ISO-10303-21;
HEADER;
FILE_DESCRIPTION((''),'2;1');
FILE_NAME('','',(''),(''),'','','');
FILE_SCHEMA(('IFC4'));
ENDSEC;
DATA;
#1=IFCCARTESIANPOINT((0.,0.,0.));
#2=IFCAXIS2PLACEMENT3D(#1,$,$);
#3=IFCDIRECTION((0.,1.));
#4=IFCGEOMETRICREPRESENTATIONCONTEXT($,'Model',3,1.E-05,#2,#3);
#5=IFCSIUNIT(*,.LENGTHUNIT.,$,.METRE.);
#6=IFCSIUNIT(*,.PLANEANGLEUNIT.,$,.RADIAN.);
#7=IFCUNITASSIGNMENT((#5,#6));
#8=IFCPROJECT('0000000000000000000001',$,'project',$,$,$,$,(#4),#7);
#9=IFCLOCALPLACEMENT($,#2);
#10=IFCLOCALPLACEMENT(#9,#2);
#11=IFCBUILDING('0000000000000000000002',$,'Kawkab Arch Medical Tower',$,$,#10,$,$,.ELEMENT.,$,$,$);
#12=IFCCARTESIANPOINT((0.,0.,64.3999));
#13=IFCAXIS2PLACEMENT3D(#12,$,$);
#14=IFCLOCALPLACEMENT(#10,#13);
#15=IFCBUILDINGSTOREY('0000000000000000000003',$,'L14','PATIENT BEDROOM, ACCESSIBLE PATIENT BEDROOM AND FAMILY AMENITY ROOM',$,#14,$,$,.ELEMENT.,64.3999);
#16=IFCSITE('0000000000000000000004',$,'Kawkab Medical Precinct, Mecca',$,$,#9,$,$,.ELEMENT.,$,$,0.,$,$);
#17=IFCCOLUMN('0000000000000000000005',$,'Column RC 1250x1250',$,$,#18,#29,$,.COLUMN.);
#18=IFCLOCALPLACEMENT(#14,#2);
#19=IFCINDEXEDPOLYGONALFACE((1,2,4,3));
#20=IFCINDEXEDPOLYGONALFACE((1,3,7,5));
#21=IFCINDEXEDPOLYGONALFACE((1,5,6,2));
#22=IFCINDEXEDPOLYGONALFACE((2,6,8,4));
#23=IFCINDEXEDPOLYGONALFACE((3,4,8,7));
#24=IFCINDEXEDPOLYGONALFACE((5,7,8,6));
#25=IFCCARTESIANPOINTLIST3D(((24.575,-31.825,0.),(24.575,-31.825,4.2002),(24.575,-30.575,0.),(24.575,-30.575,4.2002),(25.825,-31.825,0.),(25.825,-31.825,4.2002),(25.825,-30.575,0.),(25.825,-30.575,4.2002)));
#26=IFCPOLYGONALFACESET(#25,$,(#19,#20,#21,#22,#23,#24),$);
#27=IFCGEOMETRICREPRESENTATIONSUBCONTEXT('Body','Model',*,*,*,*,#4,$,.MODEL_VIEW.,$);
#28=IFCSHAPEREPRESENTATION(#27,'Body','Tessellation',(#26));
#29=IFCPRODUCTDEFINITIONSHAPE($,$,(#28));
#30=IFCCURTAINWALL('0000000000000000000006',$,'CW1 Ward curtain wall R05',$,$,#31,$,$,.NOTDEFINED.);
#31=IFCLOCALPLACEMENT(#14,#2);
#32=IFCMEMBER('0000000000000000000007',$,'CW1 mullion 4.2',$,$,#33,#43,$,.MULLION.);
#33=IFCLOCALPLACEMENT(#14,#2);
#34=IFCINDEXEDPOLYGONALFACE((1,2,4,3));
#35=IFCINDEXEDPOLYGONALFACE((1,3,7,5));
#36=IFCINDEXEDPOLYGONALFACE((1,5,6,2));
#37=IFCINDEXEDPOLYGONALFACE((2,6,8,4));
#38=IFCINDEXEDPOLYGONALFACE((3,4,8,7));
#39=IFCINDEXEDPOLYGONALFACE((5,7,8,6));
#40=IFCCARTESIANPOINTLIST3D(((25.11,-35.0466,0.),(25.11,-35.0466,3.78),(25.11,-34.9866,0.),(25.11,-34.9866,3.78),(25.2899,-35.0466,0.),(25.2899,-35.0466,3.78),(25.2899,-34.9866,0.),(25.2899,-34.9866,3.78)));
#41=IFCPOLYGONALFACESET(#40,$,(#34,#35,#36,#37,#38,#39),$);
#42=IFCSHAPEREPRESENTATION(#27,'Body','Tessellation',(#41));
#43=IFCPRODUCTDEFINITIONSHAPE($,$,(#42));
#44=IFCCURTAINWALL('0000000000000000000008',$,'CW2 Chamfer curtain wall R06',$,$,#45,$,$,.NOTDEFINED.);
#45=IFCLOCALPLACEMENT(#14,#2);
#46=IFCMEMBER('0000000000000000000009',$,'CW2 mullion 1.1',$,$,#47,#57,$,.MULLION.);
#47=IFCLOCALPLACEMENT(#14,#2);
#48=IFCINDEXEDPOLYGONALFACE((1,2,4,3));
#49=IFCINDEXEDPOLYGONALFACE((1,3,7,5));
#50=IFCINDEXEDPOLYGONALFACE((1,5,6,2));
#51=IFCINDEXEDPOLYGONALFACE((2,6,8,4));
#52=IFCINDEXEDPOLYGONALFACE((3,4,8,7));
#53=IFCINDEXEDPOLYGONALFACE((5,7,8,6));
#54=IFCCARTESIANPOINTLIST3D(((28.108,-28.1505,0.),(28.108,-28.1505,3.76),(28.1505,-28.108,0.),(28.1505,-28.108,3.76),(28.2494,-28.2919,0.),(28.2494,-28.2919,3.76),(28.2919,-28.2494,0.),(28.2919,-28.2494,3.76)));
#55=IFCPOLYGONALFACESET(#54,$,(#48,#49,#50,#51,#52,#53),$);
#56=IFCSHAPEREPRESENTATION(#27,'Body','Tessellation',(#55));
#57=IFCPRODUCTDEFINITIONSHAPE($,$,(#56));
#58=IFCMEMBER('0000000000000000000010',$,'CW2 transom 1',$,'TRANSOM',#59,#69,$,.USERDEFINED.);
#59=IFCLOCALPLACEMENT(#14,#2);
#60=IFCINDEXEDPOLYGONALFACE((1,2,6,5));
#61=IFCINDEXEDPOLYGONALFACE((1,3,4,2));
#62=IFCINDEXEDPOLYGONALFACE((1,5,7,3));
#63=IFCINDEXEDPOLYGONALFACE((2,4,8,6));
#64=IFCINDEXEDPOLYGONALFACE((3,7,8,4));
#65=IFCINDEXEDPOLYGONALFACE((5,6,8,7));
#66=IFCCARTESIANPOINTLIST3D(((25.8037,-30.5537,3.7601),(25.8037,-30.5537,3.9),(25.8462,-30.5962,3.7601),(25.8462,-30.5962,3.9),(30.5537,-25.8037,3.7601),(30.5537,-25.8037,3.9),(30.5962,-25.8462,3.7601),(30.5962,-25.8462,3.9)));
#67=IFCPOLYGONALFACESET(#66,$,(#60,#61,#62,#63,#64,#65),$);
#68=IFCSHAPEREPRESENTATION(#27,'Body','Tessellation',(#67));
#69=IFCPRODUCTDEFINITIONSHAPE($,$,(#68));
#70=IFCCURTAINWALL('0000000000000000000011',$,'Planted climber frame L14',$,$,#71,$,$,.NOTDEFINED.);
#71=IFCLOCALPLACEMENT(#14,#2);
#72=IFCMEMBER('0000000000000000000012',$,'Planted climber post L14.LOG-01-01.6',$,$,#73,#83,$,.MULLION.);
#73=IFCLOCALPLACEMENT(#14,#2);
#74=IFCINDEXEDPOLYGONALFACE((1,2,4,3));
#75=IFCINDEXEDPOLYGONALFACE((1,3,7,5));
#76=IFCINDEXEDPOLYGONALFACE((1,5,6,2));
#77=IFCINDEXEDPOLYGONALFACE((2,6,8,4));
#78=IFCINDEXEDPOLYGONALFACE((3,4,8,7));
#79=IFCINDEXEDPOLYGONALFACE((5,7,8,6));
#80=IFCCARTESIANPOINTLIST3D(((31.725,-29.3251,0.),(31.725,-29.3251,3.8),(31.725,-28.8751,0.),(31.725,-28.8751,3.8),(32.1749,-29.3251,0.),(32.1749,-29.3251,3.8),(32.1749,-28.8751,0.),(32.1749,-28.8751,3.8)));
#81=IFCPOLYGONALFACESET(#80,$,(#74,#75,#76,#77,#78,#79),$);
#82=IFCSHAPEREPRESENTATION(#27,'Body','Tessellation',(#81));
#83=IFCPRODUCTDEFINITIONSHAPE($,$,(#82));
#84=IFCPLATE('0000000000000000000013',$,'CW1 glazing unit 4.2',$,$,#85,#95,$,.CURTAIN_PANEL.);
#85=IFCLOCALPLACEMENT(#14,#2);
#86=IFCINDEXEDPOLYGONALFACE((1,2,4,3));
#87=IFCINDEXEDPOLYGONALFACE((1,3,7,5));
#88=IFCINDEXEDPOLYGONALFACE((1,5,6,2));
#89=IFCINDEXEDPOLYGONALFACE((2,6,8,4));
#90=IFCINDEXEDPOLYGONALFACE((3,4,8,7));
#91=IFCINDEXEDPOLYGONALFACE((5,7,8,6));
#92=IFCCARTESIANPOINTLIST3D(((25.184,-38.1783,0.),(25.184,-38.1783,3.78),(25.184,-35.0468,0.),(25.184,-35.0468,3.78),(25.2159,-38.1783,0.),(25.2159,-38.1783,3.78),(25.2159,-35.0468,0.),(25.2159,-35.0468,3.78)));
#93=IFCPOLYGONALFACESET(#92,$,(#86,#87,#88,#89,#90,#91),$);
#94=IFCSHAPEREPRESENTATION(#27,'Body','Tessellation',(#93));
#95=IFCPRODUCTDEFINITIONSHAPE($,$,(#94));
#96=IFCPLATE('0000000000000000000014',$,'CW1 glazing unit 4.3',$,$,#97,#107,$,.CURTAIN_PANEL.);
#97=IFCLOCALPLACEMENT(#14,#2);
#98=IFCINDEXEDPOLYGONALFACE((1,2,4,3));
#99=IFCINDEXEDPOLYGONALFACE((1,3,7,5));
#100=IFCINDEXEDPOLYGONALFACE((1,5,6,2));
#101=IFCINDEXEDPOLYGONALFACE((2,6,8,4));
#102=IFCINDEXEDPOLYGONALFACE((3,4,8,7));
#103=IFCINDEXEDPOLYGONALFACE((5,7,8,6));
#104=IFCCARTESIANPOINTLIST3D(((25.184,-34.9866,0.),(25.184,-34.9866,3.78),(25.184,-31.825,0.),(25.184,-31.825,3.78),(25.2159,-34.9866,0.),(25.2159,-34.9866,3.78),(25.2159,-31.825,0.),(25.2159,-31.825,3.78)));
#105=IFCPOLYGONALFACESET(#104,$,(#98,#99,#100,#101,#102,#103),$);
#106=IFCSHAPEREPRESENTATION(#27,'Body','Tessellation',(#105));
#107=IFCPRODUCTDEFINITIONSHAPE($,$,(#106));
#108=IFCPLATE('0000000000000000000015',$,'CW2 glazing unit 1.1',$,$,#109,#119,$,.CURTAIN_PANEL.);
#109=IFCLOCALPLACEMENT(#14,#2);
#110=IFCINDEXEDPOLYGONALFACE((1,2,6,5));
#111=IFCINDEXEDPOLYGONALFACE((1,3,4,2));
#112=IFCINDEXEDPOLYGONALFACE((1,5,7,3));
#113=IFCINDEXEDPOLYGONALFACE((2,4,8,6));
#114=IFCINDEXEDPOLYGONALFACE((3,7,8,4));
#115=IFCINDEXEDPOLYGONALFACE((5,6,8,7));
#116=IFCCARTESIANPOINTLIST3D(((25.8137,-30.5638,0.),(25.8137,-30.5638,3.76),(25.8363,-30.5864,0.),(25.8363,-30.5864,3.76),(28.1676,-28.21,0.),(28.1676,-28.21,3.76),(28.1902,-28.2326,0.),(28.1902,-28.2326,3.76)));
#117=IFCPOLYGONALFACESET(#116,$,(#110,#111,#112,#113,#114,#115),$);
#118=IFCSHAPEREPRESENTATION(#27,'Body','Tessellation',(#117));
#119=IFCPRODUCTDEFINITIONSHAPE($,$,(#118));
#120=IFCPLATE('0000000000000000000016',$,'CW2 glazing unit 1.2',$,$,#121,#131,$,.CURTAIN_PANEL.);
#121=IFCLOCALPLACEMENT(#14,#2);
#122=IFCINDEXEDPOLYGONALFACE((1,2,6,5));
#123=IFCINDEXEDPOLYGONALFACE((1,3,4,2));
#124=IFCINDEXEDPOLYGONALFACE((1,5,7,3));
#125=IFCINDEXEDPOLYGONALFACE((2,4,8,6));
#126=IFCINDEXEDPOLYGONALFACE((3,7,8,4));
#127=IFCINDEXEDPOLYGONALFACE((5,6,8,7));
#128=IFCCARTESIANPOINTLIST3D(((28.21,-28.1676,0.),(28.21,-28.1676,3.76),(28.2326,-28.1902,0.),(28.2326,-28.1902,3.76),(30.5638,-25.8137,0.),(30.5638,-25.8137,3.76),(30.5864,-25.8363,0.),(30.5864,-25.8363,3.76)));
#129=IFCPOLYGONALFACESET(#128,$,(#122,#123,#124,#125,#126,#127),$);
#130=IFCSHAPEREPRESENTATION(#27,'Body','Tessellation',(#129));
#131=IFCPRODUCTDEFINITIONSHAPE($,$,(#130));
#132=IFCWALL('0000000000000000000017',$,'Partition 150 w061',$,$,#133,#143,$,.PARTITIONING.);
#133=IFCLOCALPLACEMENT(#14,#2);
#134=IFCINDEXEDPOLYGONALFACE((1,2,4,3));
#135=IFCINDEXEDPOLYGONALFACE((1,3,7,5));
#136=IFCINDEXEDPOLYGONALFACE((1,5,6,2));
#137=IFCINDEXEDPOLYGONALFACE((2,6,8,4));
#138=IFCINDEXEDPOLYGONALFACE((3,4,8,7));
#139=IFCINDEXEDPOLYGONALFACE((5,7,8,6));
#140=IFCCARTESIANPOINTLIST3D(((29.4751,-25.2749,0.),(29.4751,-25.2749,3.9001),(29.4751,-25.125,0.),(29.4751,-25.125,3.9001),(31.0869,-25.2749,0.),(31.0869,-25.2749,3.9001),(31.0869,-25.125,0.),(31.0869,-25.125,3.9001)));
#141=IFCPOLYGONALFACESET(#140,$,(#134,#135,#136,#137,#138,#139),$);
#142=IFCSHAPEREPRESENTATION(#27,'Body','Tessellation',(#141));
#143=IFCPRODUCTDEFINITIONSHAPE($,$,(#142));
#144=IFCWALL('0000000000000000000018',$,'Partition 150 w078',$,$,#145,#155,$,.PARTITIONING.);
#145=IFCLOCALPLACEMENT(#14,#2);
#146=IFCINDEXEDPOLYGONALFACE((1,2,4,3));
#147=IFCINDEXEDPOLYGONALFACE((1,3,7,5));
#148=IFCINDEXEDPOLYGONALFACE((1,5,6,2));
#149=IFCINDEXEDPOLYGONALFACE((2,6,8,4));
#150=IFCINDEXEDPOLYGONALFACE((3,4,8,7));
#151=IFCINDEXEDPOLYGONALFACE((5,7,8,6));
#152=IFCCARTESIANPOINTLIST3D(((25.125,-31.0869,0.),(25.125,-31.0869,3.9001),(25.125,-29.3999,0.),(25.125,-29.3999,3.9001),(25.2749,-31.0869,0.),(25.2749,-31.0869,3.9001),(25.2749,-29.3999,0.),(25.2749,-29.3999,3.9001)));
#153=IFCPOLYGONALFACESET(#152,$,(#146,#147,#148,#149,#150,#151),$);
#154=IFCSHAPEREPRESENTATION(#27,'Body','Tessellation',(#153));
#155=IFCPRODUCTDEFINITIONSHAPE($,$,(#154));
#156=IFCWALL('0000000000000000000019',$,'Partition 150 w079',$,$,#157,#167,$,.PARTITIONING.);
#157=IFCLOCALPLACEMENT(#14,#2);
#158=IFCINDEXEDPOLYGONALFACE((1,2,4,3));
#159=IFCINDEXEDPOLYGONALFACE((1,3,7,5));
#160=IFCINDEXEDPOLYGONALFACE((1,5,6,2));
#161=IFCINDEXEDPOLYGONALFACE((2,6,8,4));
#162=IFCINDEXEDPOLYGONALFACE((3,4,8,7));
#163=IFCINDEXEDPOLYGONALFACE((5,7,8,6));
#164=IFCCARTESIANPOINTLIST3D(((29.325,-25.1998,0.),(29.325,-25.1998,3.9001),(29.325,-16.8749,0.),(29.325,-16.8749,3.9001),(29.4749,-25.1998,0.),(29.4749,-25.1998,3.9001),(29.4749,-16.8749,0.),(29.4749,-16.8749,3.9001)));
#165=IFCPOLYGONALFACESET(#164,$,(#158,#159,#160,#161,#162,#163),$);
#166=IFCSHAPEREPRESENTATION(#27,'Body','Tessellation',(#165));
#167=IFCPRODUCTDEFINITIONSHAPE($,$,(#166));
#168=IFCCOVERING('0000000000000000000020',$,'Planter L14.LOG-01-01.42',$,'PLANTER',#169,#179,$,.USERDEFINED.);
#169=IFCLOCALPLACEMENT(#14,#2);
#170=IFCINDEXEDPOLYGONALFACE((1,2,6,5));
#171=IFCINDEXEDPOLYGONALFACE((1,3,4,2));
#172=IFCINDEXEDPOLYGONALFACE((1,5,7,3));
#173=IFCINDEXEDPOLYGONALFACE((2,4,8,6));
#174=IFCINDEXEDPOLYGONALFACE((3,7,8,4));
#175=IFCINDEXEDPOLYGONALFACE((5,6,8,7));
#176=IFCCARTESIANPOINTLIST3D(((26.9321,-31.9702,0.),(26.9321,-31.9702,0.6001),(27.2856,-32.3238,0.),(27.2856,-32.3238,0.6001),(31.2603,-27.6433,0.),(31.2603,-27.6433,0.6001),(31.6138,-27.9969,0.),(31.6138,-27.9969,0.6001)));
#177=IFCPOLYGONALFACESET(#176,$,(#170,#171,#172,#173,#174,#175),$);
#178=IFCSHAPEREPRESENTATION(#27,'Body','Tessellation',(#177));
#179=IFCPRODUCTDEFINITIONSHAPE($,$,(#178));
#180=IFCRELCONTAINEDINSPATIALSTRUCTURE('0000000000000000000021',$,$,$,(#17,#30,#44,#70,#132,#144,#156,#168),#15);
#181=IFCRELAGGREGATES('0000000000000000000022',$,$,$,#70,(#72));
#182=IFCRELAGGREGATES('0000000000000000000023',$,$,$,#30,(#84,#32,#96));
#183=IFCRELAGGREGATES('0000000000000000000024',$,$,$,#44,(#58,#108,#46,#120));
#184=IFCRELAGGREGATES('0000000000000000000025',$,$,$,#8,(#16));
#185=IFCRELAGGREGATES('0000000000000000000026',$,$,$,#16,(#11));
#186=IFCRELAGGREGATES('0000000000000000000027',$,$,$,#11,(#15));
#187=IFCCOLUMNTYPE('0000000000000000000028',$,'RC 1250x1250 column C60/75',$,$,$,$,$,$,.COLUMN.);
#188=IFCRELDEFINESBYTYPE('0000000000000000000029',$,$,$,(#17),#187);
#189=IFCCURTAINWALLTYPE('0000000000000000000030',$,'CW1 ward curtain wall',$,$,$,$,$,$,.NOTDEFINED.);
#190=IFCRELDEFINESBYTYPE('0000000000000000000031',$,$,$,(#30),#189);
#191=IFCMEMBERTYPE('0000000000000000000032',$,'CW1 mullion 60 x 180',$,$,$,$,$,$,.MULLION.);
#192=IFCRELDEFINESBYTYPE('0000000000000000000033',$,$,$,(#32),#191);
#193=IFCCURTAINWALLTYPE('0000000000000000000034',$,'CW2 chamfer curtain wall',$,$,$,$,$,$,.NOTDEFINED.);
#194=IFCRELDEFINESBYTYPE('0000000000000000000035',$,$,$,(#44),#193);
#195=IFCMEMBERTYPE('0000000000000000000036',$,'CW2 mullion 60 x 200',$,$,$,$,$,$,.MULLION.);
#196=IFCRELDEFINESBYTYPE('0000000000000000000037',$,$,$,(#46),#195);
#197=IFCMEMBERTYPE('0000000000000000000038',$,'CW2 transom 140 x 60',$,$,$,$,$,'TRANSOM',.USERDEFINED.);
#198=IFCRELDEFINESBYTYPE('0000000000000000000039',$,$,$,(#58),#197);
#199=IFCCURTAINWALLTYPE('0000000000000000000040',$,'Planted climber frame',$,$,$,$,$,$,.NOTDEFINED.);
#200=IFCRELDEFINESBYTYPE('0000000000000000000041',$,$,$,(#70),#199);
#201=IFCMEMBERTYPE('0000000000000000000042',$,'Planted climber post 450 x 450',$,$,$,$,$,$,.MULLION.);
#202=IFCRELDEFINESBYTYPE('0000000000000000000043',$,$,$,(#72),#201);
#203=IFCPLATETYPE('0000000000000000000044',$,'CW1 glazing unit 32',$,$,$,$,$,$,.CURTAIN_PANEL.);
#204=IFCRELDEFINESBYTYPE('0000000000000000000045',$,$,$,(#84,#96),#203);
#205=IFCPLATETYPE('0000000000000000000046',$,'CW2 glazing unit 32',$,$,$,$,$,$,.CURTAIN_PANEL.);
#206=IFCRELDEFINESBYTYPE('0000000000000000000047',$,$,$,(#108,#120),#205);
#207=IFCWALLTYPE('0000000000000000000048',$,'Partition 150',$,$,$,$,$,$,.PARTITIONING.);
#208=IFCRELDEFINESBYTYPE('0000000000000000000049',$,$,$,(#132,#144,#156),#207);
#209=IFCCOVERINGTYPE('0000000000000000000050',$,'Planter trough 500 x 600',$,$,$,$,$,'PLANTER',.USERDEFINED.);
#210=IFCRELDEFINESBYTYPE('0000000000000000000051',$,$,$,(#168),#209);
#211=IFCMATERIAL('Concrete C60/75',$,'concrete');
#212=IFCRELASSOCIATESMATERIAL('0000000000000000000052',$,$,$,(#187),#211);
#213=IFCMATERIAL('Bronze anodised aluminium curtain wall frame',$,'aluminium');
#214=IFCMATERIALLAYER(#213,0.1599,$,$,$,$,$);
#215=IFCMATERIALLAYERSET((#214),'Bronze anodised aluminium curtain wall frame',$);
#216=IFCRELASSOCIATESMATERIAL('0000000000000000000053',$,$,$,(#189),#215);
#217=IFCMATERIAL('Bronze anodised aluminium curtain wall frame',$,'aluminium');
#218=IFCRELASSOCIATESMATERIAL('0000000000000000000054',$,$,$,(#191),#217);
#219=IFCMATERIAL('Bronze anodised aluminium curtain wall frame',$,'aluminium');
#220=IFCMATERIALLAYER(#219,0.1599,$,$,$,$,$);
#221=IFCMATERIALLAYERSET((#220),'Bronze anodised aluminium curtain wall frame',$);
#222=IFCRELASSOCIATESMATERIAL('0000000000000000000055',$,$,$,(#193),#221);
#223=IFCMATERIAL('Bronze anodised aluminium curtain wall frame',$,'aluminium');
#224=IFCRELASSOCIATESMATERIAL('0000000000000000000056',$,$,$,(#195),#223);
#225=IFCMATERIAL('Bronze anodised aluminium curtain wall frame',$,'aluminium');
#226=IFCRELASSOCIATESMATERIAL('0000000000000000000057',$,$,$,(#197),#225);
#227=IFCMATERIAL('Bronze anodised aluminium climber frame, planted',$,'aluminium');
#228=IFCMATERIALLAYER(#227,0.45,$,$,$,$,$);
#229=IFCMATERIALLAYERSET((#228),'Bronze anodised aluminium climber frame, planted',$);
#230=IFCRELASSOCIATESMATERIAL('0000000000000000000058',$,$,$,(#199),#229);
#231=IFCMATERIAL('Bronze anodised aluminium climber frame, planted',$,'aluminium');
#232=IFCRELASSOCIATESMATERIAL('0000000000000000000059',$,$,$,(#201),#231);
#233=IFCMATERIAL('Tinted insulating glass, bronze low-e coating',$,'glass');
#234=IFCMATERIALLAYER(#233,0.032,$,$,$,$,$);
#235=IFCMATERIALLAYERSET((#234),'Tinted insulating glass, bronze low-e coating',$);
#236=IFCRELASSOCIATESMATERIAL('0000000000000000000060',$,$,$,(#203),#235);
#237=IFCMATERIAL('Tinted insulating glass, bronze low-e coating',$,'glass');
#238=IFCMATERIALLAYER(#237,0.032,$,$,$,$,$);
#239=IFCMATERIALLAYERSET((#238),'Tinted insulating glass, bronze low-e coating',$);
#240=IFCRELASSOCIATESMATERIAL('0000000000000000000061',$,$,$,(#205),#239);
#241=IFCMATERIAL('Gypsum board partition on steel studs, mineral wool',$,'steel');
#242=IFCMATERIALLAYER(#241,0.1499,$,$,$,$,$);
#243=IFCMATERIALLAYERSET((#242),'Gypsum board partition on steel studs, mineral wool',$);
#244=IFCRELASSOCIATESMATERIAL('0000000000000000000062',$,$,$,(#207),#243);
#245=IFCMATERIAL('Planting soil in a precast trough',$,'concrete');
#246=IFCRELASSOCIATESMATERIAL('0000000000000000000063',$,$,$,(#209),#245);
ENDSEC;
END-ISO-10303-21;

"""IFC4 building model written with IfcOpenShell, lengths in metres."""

from ifc_helpers import new_model, si_unit, direction, frame, frame_2d, origin, origin_2d, place, context, subcontext, project, spatial, rectangle, extrude, material, layer, layer_set, material_profile, profile_set, type_object, element, aggregate, save


model = new_model("IFC4")

# Units and contexts
model_context = context("Model", 3, precision=1e-05, world=origin(), true_north=direction((0.0, 1.0)))
body_context = subcontext(model_context, "Body", "Model", "MODEL_VIEW")
ifc_project = project(units=[si_unit("LENGTHUNIT", "METRE"), si_unit("PLANEANGLEUNIT", "RADIAN")], contexts=[model_context])

# Site, building, storey
site_placement = place(None, origin())
site = spatial("IfcSite", under=ifc_project, at=site_placement, Name="Kawkab Medical Precinct, Mecca", CompositionType="ELEMENT", RefElevation=0.0)
building_placement = place(site_placement, origin())
building = spatial("IfcBuilding", under=site, at=building_placement, Name="Kawkab Arch Medical Tower", CompositionType="ELEMENT")
storey_placement = place(building_placement, frame((0.0, 0.0, 64.3999)))
storey = spatial("IfcBuildingStorey", under=building, at=storey_placement, Name="L14", Description="PATIENT BEDROOM, ACCESSIBLE PATIENT BEDROOM AND FAMILY AMENITY ROOM", CompositionType="ELEMENT", Elevation=64.3999)

# Column
ifc_material_1 = material(Name="Concrete C60/75", Category="concrete")
ifc_material_profile_1 = material_profile(ifc_material_1, rectangle(XDim=1.25, YDim=1.25, at=origin_2d()), Name="RC 1250x1250")
ifc_profile_set_1 = profile_set([ifc_material_profile_1], Name="Concrete C60/75")
column_type = type_object("IfcColumnType", Name="RC 1250x1250 column C60/75", PredefinedType="COLUMN", material=ifc_profile_set_1)
column_placement = place(storey_placement, frame((25.2, -31.2, 0.0), z_axis=(0.0, 0.0, 1.0), x_axis=(1.0, 0.0, 0.0)))
element("IfcColumn", 1, at=column_placement, inside=storey, type_object=column_type, Name="Column RC 1250x1250", PredefinedType="COLUMN", context=body_context, shape_type="SweptSolid", body=[
    extrude(rectangle(XDim=1.25, YDim=1.25, at=origin_2d()), origin(), (0.0, 0.0, 1.0), 4.2002),
])

# Curtain wall, member
ifc_material_2 = material(Name="Bronze anodised aluminium curtain wall frame", Category="aluminium")
ifc_layer_1 = layer(ifc_material_2, 0.1599)
ifc_layer_set_1 = layer_set([ifc_layer_1], Name="Bronze anodised aluminium curtain wall frame")
curtain_wall_type_1 = type_object("IfcCurtainWallType", Name="CW1 ward curtain wall", PredefinedType="NOTDEFINED", material=ifc_layer_set_1)
placement = place(storey_placement, origin())
curtain_wall_1 = element("IfcCurtainWall", 2, at=placement, inside=storey, type_object=curtain_wall_type_1, Name="CW1 Ward curtain wall R05", PredefinedType="NOTDEFINED")
ifc_material_3 = material(Name="Bronze anodised aluminium curtain wall frame", Category="aluminium")
ifc_material_profile_2 = material_profile(ifc_material_3, rectangle(XDim=0.1799, YDim=0.0601, at=origin_2d()), Name="AL 60x180")
ifc_profile_set_2 = profile_set([ifc_material_profile_2], Name="Bronze anodised aluminium curtain wall frame")
member_type_1 = type_object("IfcMemberType", Name="CW1 mullion 60 x 180", PredefinedType="MULLION", material=ifc_profile_set_2)
member_1_placement = place(storey_placement, frame((25.2, -35.0166, 0.0), z_axis=(0.0, 0.0, 1.0), x_axis=(-1.0, 0.0, 0.0)))
member_1 = element("IfcMember", 3, at=member_1_placement, type_object=member_type_1, Name="CW1 mullion 4.2", PredefinedType="MULLION", context=body_context, shape_type="SweptSolid", body=[
    extrude(rectangle(XDim=0.1799, YDim=0.0601, at=origin_2d()), origin(), (0.0, 0.0, 1.0), 3.78),
])

# Curtain wall, members
ifc_material_4 = material(Name="Bronze anodised aluminium curtain wall frame", Category="aluminium")
ifc_layer_2 = layer(ifc_material_4, 0.1599)
ifc_layer_set_2 = layer_set([ifc_layer_2], Name="Bronze anodised aluminium curtain wall frame")
curtain_wall_type_2 = type_object("IfcCurtainWallType", Name="CW2 chamfer curtain wall", PredefinedType="NOTDEFINED", material=ifc_layer_set_2)
curtain_wall_2 = element("IfcCurtainWall", 4, at=placement, inside=storey, type_object=curtain_wall_type_2, Name="CW2 Chamfer curtain wall R06", PredefinedType="NOTDEFINED")
ifc_material_5 = material(Name="Bronze anodised aluminium curtain wall frame", Category="aluminium")
ifc_material_profile_3 = material_profile(ifc_material_5, rectangle(XDim=0.2, YDim=0.0601, at=origin_2d()), Name="AL 60x200")
ifc_profile_set_3 = profile_set([ifc_material_profile_3], Name="Bronze anodised aluminium curtain wall frame")
member_type_2 = type_object("IfcMemberType", Name="CW2 mullion 60 x 200", PredefinedType="MULLION", material=ifc_profile_set_3)
member_2_placement = place(storey_placement, frame((28.2, -28.2, 0.0), z_axis=(0.0, 0.0, 1.0), x_axis=(-0.707107, 0.707107, 0.0)))
member_2 = element("IfcMember", 5, at=member_2_placement, type_object=member_type_2, Name="CW2 mullion 1.1", PredefinedType="MULLION", context=body_context, shape_type="SweptSolid", body=[
    extrude(rectangle(XDim=0.2, YDim=0.0601, at=origin_2d()), origin(), (0.0, 0.0, 1.0), 3.76),
])
ifc_material_6 = material(Name="Bronze anodised aluminium curtain wall frame", Category="aluminium")
ifc_material_profile_4 = material_profile(ifc_material_6, rectangle(XDim=0.0601, YDim=0.1399, at=origin_2d()), Name="AL 60x140")
ifc_profile_set_4 = profile_set([ifc_material_profile_4], Name="Bronze anodised aluminium curtain wall frame")
member_type_3 = type_object("IfcMemberType", Name="CW2 transom 140 x 60", ElementType="TRANSOM", PredefinedType="USERDEFINED", material=ifc_profile_set_4)
member_3_placement = place(storey_placement, frame((25.825, -30.575, 3.8301), z_axis=(0.707107, 0.707107, 0.0), x_axis=(-0.707107, 0.707107, 0.0)))
member_3 = element("IfcMember", 6, at=member_3_placement, type_object=member_type_3, Name="CW2 transom 1", ObjectType="TRANSOM", PredefinedType="USERDEFINED", context=body_context, shape_type="SweptSolid", body=[
    extrude(rectangle(XDim=0.0601, YDim=0.1399, at=origin_2d()), origin(), (0.0, 0.0, 1.0), 6.7175),
])

# Curtain wall, member
ifc_material_7 = material(Name="Bronze anodised aluminium climber frame, planted", Category="aluminium")
ifc_layer_3 = layer(ifc_material_7, 0.45)
ifc_layer_set_3 = layer_set([ifc_layer_3], Name="Bronze anodised aluminium climber frame, planted")
curtain_wall_type_3 = type_object("IfcCurtainWallType", Name="Planted climber frame", PredefinedType="NOTDEFINED", material=ifc_layer_set_3)
curtain_wall_3 = element("IfcCurtainWall", 7, at=placement, inside=storey, type_object=curtain_wall_type_3, Name="Planted climber frame L14", PredefinedType="NOTDEFINED")
ifc_material_8 = material(Name="Bronze anodised aluminium climber frame, planted", Category="aluminium")
ifc_material_profile_5 = material_profile(ifc_material_8, rectangle(XDim=0.45, YDim=0.45, at=origin_2d()), Name="Post 450x450")
ifc_profile_set_5 = profile_set([ifc_material_profile_5], Name="Bronze anodised aluminium climber frame, planted")
member_type_4 = type_object("IfcMemberType", Name="Planted climber post 450 x 450", PredefinedType="MULLION", material=ifc_profile_set_5)
member_4_placement = place(storey_placement, frame((31.95, -29.1001, 0.0), z_axis=(0.0, 0.0, 1.0), x_axis=(1.0, 0.0, 0.0)))
member_4 = element("IfcMember", 8, at=member_4_placement, type_object=member_type_4, Name="Planted climber post L14.LOG-01-01.6", PredefinedType="MULLION", context=body_context, shape_type="SweptSolid", body=[
    extrude(rectangle(XDim=0.45, YDim=0.45, at=origin_2d()), origin(), (0.0, 0.0, 1.0), 3.8),
])
aggregate(curtain_wall_3, [member_4])

# Plates
ifc_material_9 = material(Name="Tinted insulating glass, bronze low-e coating", Category="glass")
ifc_layer_4 = layer(ifc_material_9, 0.032)
ifc_layer_set_4 = layer_set([ifc_layer_4], Name="Tinted insulating glass, bronze low-e coating")
plate_type_1 = type_object("IfcPlateType", Name="CW1 glazing unit 32", PredefinedType="CURTAIN_PANEL", material=ifc_layer_set_4)
plate_1_placement = place(storey_placement, frame((25.2, -36.6125, 0.0), z_axis=(0.0, 0.0, 1.0), x_axis=(0.0, 1.0, 0.0)))
plate_1 = element("IfcPlate", 9, at=plate_1_placement, type_object=plate_type_1, Name="CW1 glazing unit 4.2", PredefinedType="CURTAIN_PANEL", context=body_context, shape_type="SweptSolid", body=[
    extrude(rectangle(XDim=3.1316, YDim=0.032, at=origin_2d()), origin(), (0.0, 0.0, 1.0), 3.78),
])
plate_2_placement = place(storey_placement, frame((25.2, -33.4058, 0.0), z_axis=(0.0, 0.0, 1.0), x_axis=(0.0, 1.0, 0.0)))
plate_2 = element("IfcPlate", 10, at=plate_2_placement, type_object=plate_type_1, Name="CW1 glazing unit 4.3", PredefinedType="CURTAIN_PANEL", context=body_context, shape_type="SweptSolid", body=[
    extrude(rectangle(XDim=3.1616, YDim=0.032, at=origin_2d()), origin(), (0.0, 0.0, 1.0), 3.78),
])
aggregate(curtain_wall_1, [plate_1, member_1, plate_2])
ifc_material_10 = material(Name="Tinted insulating glass, bronze low-e coating", Category="glass")
ifc_layer_5 = layer(ifc_material_10, 0.032)
ifc_layer_set_5 = layer_set([ifc_layer_5], Name="Tinted insulating glass, bronze low-e coating")
plate_type_2 = type_object("IfcPlateType", Name="CW2 glazing unit 32", PredefinedType="CURTAIN_PANEL", material=ifc_layer_set_5)
plate_3_placement = place(storey_placement, frame((27.002, -29.3982, 0.0), z_axis=(0.0, 0.0, 1.0), x_axis=(0.707107, 0.707107, 0.0)))
plate_3 = element("IfcPlate", 11, at=plate_3_placement, type_object=plate_type_2, Name="CW2 glazing unit 1.1", PredefinedType="CURTAIN_PANEL", context=body_context, shape_type="SweptSolid", body=[
    extrude(rectangle(XDim=3.3289, YDim=0.032, at=origin_2d()), origin(), (0.0, 0.0, 1.0), 3.76),
])
plate_4_placement = place(storey_placement, frame((29.3982, -27.002, 0.0), z_axis=(0.0, 0.0, 1.0), x_axis=(0.707107, 0.707107, 0.0)))
plate_4 = element("IfcPlate", 12, at=plate_4_placement, type_object=plate_type_2, Name="CW2 glazing unit 1.2", PredefinedType="CURTAIN_PANEL", context=body_context, shape_type="SweptSolid", body=[
    extrude(rectangle(XDim=3.3289, YDim=0.032, at=origin_2d()), origin(), (0.0, 0.0, 1.0), 3.76),
])
aggregate(curtain_wall_2, [member_3, plate_3, member_2, plate_4])

# Walls
ifc_material_11 = material(Name="Gypsum board partition on steel studs, mineral wool", Category="steel")
ifc_layer_6 = layer(ifc_material_11, 0.1499)
ifc_layer_set_6 = layer_set([ifc_layer_6], Name="Gypsum board partition on steel studs, mineral wool")
wall_type = type_object("IfcWallType", Name="Partition 150", PredefinedType="PARTITIONING", material=ifc_layer_set_6)
wall_1_placement = place(storey_placement, frame((29.4751, -25.2, 0.0), z_axis=(0.0, 0.0, 1.0), x_axis=(1.0, 0.0, 0.0)))
element("IfcWall", 13, at=wall_1_placement, inside=storey, type_object=wall_type, Name="Partition 150 w061", PredefinedType="PARTITIONING", context=body_context, shape_type="SweptSolid", body=[
    extrude(rectangle(XDim=1.6118, YDim=0.1499, at=frame_2d((0.8059, 0.0))), origin(), (0.0, 0.0, 1.0), 3.9001),
])
wall_2_placement = place(storey_placement, frame((25.2, -31.0869, 0.0), z_axis=(0.0, 0.0, 1.0), x_axis=(0.0, 1.0, 0.0)))
element("IfcWall", 14, at=wall_2_placement, inside=storey, type_object=wall_type, Name="Partition 150 w078", PredefinedType="PARTITIONING", context=body_context, shape_type="SweptSolid", body=[
    extrude(rectangle(XDim=1.687, YDim=0.1499, at=frame_2d((0.8435, 0.0))), origin(), (0.0, 0.0, 1.0), 3.9001),
])
wall_3_placement = place(storey_placement, frame((29.3999, -25.2, 0.0), z_axis=(0.0, 0.0, 1.0), x_axis=(0.0, 1.0, 0.0)))
element("IfcWall", 15, at=wall_3_placement, inside=storey, type_object=wall_type, Name="Partition 150 w079", PredefinedType="PARTITIONING", context=body_context, shape_type="SweptSolid", body=[
    extrude(rectangle(XDim=8.325, YDim=0.1499, at=frame_2d((4.1626, 0.0))), origin(), (0.0, 0.0, 1.0), 3.9001),
])

# Covering
ifc_material_12 = material(Name="Planting soil in a precast trough", Category="concrete")
ifc_material_profile_6 = material_profile(ifc_material_12, rectangle(XDim=0.5, YDim=0.6001, at=origin_2d()), Name="Trough 500x600")
ifc_profile_set_6 = profile_set([ifc_material_profile_6], Name="Planting soil in a precast trough")
covering_type = type_object("IfcCoveringType", Name="Planter trough 500 x 600", ElementType="PLANTER", PredefinedType="USERDEFINED", material=ifc_profile_set_6)
covering_1_placement = place(storey_placement, frame((31.437, -27.8201, 0.3), z_axis=(-0.707207, -0.707007, 0.0), x_axis=(0.707007, -0.707207, 0.0)))
element("IfcCovering", 16, at=covering_1_placement, inside=storey, type_object=covering_type, Name="Planter L14.LOG-01-01.42", ObjectType="PLANTER", PredefinedType="USERDEFINED", context=body_context, shape_type="SweptSolid", body=[
    extrude(rectangle(XDim=0.5, YDim=0.6001, at=origin_2d()), origin(), (0.0, 0.0, 1.0), 6.1201),
])

save(model, "model.ifc")
